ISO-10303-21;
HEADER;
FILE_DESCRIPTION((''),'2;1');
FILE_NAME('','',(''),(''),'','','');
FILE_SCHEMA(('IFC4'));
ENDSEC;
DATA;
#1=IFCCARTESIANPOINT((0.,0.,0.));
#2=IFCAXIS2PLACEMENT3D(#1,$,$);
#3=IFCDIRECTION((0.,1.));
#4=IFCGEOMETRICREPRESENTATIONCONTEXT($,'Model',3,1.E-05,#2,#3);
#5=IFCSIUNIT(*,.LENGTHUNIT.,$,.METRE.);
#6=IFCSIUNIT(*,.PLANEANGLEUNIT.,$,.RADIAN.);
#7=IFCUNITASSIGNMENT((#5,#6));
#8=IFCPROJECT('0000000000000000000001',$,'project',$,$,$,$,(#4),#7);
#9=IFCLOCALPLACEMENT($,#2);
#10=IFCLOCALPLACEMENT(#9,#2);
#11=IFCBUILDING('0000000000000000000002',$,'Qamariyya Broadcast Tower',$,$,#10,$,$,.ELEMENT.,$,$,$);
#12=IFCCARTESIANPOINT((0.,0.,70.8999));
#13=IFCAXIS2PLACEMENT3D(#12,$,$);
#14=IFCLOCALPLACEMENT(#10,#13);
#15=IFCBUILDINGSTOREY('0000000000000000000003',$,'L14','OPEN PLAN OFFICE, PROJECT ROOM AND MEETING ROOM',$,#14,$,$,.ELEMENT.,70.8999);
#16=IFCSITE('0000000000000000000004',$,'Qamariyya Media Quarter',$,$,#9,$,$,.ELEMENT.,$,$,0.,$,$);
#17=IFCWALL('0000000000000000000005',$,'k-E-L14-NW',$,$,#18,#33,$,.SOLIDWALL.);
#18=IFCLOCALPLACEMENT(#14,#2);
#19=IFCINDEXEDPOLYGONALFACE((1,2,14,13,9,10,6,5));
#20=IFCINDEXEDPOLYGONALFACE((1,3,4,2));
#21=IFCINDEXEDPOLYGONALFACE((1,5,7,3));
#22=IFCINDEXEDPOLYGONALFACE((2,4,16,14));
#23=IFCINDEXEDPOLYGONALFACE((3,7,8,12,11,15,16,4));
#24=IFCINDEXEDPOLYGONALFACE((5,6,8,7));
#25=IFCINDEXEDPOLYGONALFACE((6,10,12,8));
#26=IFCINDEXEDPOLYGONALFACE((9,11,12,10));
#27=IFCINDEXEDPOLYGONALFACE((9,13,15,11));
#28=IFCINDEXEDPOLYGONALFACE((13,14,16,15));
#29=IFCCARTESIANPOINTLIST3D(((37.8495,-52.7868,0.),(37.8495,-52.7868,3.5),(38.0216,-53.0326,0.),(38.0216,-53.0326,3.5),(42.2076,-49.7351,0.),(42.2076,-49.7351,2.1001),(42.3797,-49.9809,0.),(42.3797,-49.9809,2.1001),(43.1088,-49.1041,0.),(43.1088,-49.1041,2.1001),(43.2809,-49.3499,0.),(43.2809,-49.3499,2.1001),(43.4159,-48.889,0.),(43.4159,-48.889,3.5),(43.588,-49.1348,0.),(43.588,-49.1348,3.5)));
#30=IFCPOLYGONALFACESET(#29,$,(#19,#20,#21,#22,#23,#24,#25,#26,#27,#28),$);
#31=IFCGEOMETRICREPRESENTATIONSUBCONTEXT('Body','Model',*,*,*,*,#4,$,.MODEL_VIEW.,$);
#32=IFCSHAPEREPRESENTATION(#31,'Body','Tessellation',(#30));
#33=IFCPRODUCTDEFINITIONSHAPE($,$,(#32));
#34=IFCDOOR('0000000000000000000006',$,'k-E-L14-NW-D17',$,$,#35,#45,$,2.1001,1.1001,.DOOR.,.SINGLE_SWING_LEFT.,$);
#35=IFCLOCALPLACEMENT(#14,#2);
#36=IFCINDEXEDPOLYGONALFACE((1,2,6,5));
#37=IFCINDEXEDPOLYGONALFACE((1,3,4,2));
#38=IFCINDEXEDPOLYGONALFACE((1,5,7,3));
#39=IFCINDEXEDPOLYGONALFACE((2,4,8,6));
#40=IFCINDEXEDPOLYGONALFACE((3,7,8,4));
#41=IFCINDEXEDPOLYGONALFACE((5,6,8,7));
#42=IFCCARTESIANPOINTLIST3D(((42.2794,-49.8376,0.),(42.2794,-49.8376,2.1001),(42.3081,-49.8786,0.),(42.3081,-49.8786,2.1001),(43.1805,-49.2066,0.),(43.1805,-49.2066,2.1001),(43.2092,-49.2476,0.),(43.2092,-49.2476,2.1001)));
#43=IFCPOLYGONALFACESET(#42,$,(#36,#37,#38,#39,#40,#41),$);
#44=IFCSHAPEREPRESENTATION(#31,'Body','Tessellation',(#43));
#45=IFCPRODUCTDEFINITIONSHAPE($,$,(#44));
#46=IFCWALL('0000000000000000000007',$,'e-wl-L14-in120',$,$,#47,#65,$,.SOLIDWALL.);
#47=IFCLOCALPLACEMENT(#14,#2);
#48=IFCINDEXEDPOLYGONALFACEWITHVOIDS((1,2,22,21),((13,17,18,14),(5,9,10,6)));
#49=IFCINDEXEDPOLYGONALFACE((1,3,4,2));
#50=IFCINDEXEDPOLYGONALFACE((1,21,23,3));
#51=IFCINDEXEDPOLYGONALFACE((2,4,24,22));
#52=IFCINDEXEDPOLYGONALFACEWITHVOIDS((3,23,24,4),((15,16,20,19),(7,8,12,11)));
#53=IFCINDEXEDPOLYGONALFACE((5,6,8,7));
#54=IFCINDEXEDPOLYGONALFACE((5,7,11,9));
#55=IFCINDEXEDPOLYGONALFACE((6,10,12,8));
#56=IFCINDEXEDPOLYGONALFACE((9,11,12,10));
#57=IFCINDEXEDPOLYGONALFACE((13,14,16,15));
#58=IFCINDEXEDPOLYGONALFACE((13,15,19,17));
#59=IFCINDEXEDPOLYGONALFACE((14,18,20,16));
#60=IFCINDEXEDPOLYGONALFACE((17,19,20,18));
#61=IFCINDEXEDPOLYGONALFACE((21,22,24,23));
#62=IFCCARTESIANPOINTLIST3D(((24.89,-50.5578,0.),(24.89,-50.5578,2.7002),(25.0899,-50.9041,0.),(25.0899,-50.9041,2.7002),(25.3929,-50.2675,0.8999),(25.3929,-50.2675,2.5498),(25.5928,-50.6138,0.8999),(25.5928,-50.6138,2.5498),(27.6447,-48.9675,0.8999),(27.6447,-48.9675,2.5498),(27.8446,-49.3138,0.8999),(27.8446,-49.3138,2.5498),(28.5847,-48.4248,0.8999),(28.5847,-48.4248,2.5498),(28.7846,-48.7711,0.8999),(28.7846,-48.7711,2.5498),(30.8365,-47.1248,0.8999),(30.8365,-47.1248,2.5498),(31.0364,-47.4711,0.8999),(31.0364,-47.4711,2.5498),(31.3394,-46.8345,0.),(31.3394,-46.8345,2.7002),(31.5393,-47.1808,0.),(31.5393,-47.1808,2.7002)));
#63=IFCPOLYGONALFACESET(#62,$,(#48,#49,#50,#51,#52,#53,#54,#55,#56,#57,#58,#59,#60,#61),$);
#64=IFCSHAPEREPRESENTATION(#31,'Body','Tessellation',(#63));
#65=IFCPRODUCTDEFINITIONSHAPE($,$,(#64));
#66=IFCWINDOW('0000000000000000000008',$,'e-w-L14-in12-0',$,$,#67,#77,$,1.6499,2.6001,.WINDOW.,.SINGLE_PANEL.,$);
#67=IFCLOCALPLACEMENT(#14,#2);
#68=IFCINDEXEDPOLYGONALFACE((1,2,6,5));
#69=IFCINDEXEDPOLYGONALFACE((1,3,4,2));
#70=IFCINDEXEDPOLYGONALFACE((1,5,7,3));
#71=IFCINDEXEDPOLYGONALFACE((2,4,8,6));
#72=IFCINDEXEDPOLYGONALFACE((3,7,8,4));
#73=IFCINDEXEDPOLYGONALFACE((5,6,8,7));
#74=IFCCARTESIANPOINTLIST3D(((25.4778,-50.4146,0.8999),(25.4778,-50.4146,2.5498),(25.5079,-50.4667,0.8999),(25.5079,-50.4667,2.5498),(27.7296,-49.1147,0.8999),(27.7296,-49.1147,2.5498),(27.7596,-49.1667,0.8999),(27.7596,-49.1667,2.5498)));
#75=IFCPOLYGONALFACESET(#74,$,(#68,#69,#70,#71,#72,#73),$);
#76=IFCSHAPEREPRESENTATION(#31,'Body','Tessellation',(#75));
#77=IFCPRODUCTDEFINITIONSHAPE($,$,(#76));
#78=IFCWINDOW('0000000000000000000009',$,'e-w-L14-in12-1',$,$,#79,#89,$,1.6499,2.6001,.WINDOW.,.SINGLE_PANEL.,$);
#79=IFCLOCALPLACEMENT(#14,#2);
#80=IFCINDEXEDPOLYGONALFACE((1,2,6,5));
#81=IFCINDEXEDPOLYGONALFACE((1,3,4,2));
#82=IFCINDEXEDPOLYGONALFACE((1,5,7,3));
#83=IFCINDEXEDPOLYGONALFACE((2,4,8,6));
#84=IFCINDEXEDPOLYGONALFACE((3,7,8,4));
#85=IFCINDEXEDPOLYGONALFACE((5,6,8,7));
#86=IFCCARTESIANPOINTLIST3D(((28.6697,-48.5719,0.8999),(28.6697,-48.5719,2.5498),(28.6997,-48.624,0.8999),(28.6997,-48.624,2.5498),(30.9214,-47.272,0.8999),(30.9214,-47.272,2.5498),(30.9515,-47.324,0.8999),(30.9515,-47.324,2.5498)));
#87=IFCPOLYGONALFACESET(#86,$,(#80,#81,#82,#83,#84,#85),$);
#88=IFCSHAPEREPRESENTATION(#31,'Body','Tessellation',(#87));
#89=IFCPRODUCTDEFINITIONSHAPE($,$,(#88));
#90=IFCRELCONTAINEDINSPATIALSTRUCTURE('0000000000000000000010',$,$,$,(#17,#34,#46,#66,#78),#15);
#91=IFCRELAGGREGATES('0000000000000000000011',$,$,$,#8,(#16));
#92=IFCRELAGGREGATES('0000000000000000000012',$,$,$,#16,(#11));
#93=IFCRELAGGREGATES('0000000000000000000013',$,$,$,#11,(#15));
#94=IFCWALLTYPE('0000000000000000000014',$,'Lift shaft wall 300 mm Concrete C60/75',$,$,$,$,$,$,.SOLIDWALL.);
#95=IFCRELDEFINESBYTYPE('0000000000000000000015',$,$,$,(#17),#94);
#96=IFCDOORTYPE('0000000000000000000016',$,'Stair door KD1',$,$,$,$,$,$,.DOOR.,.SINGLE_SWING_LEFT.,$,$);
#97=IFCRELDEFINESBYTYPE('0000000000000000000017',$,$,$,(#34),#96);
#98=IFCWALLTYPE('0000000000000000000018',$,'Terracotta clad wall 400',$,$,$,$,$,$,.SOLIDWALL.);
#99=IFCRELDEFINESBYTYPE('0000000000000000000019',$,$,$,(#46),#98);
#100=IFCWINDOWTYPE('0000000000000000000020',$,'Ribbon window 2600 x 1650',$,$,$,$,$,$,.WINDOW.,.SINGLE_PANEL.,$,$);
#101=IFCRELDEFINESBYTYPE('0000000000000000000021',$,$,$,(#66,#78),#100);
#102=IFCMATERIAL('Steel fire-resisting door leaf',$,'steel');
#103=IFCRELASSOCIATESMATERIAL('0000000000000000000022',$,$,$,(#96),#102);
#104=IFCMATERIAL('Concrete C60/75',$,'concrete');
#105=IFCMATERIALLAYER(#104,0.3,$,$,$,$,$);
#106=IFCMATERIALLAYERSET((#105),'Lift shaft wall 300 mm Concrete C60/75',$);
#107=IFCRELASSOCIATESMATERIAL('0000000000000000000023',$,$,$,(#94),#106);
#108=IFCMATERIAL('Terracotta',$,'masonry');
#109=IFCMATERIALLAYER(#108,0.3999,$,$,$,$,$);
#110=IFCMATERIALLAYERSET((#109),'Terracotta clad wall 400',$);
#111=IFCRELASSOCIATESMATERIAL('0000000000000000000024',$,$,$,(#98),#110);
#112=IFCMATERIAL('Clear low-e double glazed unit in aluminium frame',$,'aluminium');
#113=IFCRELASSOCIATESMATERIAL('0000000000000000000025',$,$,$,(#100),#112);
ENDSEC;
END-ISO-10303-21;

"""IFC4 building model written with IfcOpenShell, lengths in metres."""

from ifc_helpers import new_model, si_unit, direction, frame, frame_2d, origin, place, context, subcontext, project, spatial, rectangle, extrude, material, layer, layer_set, type_object, element, fill, save


model = new_model("IFC4")

# Units and contexts
model_context = context("Model", 3, precision=1e-05, world=origin(), true_north=direction((0.0, 1.0)))
body_context = subcontext(model_context, "Body", "Model", "MODEL_VIEW")
ifc_project = project(units=[si_unit("LENGTHUNIT", "METRE"), si_unit("PLANEANGLEUNIT", "RADIAN")], contexts=[model_context])

# Site, building, storey
site_placement = place(None, origin())
site = spatial("IfcSite", under=ifc_project, at=site_placement, Name="Qamariyya Media Quarter", CompositionType="ELEMENT", RefElevation=0.0)
building_placement = place(site_placement, origin())
building = spatial("IfcBuilding", under=site, at=building_placement, Name="Qamariyya Broadcast Tower", CompositionType="ELEMENT")
storey_placement = place(building_placement, frame((0.0, 0.0, 70.8999)))
storey = spatial("IfcBuildingStorey", under=building, at=storey_placement, Name="L14", Description="OPEN PLAN OFFICE, PROJECT ROOM AND MEETING ROOM", CompositionType="ELEMENT", Elevation=70.8999)

# Shared definitions
ifc_material_1 = material(Name="Steel fire-resisting door leaf", Category="steel")
door_type_1 = type_object("IfcDoorType", Name="Stair door KD1", OperationType="SINGLE_SWING_LEFT", PredefinedType="DOOR", material=ifc_material_1)

# Wall, opening, door
ifc_material_2 = material(Name="Concrete C60/75", Category="concrete")
ifc_layer_1 = layer(ifc_material_2, 0.3)
ifc_layer_set_1 = layer_set([ifc_layer_1], Name="Lift shaft wall 300 mm Concrete C60/75")
wall_type_1 = type_object("IfcWallType", Name="Lift shaft wall 300 mm Concrete C60/75", PredefinedType="SOLIDWALL", material=ifc_layer_set_1)
wall_1_placement = place(storey_placement, frame((37.9355, -52.9097, 0.0), z_axis=(0.0, 0.0, 1.0), x_axis=(0.819148, 0.573583, 0.0)))
wall_1 = element("IfcWall", 1, at=wall_1_placement, inside=storey, type_object=wall_type_1, Name="k-E-L14-NW", PredefinedType="SOLIDWALL", context=body_context, shape_type="SweptSolid", body=[
    extrude(rectangle(XDim=6.7954, YDim=0.3, at=frame_2d((3.3977, 0.0))), origin(), (0.0, 0.0, 1.0), 3.5),
])
opening_1_placement = place(wall_1_placement, frame((5.3203, 0.0, 0.0)))
opening_1 = element("IfcOpeningElement", 2, at=opening_1_placement, cuts=wall_1, PredefinedType="OPENING", context=body_context, shape_type="SweptSolid", body=[
    extrude(rectangle(XDim=1.1001, YDim=2.1001, at=frame_2d((0.55, 1.05))), frame((0.0, 0.1599, 0.0), z_axis=(0.0, -1.0, 0.0), x_axis=(1.0, 0.0, 0.0)), (0.0, 0.0, 1.0), 0.3201),
])
door_1_placement = place(opening_1_placement, origin())
door_1 = element("IfcDoor", 3, at=door_1_placement, inside=storey, type_object=door_type_1, Name="k-E-L14-NW-D17", OperationType="SINGLE_SWING_LEFT", OverallHeight=2.1001, OverallWidth=1.1001, PredefinedType="DOOR", context=body_context, shape_type="SweptSolid", body=[
    extrude(rectangle(XDim=1.1001, YDim=2.1001, at=frame_2d((0.55, 1.05))), frame((0.0, 0.0249, 0.0), z_axis=(0.0, -1.0, 0.0), x_axis=(1.0, 0.0, 0.0)), (0.0, 0.0, 1.0), 0.05),
])
fill(opening_1, door_1)

# Wall, openings, windows
ifc_material_3 = material(Name="Terracotta", Category="masonry")
ifc_layer_2 = layer(ifc_material_3, 0.3999)
ifc_layer_set_2 = layer_set([ifc_layer_2], Name="Terracotta clad wall 400")
wall_type_2 = type_object("IfcWallType", Name="Terracotta clad wall 400", PredefinedType="SOLIDWALL", material=ifc_layer_set_2)
wall_2_placement = place(storey_placement, frame((31.4395, -47.0076, 0.0), z_axis=(0.0, 0.0, 1.0), x_axis=(-0.866038, -0.499979, 0.0)))
wall_2 = element("IfcWall", 4, at=wall_2_placement, inside=storey, type_object=wall_type_2, Name="e-wl-L14-in120", PredefinedType="SOLIDWALL", context=body_context, shape_type="SweptSolid", body=[
    extrude(rectangle(XDim=7.447, YDim=0.3999, at=frame_2d((3.7236, 0.0))), origin(), (0.0, 0.0, 1.0), 2.7002),
])
opening_2_placement = place(wall_2_placement, frame((4.2664, 0.0, 0.8999)))
opening_2 = element("IfcOpeningElement", 5, at=opening_2_placement, cuts=wall_2, PredefinedType="OPENING", context=body_context, shape_type="SweptSolid", body=[
    extrude(rectangle(XDim=2.6001, YDim=1.6499, at=frame_2d((1.3, 0.825))), frame((0.0, 0.21, 0.0), z_axis=(0.0, -1.0, 0.0), x_axis=(1.0, 0.0, 0.0)), (0.0, 0.0, 1.0), 0.4199),
])
opening_3_placement = place(wall_2_placement, frame((0.5808, 0.0, 0.8999)))
opening_3 = element("IfcOpeningElement", 6, at=opening_3_placement, cuts=wall_2, PredefinedType="OPENING", context=body_context, shape_type="SweptSolid", body=[
    extrude(rectangle(XDim=2.6001, YDim=1.6499, at=frame_2d((1.3, 0.825))), frame((0.0, 0.21, 0.0), z_axis=(0.0, -1.0, 0.0), x_axis=(1.0, 0.0, 0.0)), (0.0, 0.0, 1.0), 0.4199),
])
ifc_material_4 = material(Name="Clear low-e double glazed unit in aluminium frame", Category="aluminium")
window_type = type_object("IfcWindowType", Name="Ribbon window 2600 x 1650", PartitioningType="SINGLE_PANEL", PredefinedType="WINDOW", material=ifc_material_4)
window_1_placement = place(opening_2_placement, origin())
window_1 = element("IfcWindow", 7, at=window_1_placement, inside=storey, type_object=window_type, Name="e-w-L14-in12-0", OverallHeight=1.6499, OverallWidth=2.6001, PartitioningType="SINGLE_PANEL", PredefinedType="WINDOW", context=body_context, shape_type="SweptSolid", body=[
    extrude(rectangle(XDim=2.6001, YDim=1.6499, at=frame_2d((1.3, 0.825))), frame((0.0, 0.03, 0.0), z_axis=(0.0, -1.0, 0.0), x_axis=(1.0, 0.0, 0.0)), (0.0, 0.0, 1.0), 0.0601),
])
fill(opening_2, window_1)
window_2_placement = place(opening_3_placement, origin())
window_2 = element("IfcWindow", 8, at=window_2_placement, inside=storey, type_object=window_type, Name="e-w-L14-in12-1", OverallHeight=1.6499, OverallWidth=2.6001, PartitioningType="SINGLE_PANEL", PredefinedType="WINDOW", context=body_context, shape_type="SweptSolid", body=[
    extrude(rectangle(XDim=2.6001, YDim=1.6499, at=frame_2d((1.3, 0.825))), frame((0.0, 0.03, 0.0), z_axis=(0.0, -1.0, 0.0), x_axis=(1.0, 0.0, 0.0)), (0.0, 0.0, 1.0), 0.0601),
])
fill(opening_3, window_2)

save(model, "model.ifc")
